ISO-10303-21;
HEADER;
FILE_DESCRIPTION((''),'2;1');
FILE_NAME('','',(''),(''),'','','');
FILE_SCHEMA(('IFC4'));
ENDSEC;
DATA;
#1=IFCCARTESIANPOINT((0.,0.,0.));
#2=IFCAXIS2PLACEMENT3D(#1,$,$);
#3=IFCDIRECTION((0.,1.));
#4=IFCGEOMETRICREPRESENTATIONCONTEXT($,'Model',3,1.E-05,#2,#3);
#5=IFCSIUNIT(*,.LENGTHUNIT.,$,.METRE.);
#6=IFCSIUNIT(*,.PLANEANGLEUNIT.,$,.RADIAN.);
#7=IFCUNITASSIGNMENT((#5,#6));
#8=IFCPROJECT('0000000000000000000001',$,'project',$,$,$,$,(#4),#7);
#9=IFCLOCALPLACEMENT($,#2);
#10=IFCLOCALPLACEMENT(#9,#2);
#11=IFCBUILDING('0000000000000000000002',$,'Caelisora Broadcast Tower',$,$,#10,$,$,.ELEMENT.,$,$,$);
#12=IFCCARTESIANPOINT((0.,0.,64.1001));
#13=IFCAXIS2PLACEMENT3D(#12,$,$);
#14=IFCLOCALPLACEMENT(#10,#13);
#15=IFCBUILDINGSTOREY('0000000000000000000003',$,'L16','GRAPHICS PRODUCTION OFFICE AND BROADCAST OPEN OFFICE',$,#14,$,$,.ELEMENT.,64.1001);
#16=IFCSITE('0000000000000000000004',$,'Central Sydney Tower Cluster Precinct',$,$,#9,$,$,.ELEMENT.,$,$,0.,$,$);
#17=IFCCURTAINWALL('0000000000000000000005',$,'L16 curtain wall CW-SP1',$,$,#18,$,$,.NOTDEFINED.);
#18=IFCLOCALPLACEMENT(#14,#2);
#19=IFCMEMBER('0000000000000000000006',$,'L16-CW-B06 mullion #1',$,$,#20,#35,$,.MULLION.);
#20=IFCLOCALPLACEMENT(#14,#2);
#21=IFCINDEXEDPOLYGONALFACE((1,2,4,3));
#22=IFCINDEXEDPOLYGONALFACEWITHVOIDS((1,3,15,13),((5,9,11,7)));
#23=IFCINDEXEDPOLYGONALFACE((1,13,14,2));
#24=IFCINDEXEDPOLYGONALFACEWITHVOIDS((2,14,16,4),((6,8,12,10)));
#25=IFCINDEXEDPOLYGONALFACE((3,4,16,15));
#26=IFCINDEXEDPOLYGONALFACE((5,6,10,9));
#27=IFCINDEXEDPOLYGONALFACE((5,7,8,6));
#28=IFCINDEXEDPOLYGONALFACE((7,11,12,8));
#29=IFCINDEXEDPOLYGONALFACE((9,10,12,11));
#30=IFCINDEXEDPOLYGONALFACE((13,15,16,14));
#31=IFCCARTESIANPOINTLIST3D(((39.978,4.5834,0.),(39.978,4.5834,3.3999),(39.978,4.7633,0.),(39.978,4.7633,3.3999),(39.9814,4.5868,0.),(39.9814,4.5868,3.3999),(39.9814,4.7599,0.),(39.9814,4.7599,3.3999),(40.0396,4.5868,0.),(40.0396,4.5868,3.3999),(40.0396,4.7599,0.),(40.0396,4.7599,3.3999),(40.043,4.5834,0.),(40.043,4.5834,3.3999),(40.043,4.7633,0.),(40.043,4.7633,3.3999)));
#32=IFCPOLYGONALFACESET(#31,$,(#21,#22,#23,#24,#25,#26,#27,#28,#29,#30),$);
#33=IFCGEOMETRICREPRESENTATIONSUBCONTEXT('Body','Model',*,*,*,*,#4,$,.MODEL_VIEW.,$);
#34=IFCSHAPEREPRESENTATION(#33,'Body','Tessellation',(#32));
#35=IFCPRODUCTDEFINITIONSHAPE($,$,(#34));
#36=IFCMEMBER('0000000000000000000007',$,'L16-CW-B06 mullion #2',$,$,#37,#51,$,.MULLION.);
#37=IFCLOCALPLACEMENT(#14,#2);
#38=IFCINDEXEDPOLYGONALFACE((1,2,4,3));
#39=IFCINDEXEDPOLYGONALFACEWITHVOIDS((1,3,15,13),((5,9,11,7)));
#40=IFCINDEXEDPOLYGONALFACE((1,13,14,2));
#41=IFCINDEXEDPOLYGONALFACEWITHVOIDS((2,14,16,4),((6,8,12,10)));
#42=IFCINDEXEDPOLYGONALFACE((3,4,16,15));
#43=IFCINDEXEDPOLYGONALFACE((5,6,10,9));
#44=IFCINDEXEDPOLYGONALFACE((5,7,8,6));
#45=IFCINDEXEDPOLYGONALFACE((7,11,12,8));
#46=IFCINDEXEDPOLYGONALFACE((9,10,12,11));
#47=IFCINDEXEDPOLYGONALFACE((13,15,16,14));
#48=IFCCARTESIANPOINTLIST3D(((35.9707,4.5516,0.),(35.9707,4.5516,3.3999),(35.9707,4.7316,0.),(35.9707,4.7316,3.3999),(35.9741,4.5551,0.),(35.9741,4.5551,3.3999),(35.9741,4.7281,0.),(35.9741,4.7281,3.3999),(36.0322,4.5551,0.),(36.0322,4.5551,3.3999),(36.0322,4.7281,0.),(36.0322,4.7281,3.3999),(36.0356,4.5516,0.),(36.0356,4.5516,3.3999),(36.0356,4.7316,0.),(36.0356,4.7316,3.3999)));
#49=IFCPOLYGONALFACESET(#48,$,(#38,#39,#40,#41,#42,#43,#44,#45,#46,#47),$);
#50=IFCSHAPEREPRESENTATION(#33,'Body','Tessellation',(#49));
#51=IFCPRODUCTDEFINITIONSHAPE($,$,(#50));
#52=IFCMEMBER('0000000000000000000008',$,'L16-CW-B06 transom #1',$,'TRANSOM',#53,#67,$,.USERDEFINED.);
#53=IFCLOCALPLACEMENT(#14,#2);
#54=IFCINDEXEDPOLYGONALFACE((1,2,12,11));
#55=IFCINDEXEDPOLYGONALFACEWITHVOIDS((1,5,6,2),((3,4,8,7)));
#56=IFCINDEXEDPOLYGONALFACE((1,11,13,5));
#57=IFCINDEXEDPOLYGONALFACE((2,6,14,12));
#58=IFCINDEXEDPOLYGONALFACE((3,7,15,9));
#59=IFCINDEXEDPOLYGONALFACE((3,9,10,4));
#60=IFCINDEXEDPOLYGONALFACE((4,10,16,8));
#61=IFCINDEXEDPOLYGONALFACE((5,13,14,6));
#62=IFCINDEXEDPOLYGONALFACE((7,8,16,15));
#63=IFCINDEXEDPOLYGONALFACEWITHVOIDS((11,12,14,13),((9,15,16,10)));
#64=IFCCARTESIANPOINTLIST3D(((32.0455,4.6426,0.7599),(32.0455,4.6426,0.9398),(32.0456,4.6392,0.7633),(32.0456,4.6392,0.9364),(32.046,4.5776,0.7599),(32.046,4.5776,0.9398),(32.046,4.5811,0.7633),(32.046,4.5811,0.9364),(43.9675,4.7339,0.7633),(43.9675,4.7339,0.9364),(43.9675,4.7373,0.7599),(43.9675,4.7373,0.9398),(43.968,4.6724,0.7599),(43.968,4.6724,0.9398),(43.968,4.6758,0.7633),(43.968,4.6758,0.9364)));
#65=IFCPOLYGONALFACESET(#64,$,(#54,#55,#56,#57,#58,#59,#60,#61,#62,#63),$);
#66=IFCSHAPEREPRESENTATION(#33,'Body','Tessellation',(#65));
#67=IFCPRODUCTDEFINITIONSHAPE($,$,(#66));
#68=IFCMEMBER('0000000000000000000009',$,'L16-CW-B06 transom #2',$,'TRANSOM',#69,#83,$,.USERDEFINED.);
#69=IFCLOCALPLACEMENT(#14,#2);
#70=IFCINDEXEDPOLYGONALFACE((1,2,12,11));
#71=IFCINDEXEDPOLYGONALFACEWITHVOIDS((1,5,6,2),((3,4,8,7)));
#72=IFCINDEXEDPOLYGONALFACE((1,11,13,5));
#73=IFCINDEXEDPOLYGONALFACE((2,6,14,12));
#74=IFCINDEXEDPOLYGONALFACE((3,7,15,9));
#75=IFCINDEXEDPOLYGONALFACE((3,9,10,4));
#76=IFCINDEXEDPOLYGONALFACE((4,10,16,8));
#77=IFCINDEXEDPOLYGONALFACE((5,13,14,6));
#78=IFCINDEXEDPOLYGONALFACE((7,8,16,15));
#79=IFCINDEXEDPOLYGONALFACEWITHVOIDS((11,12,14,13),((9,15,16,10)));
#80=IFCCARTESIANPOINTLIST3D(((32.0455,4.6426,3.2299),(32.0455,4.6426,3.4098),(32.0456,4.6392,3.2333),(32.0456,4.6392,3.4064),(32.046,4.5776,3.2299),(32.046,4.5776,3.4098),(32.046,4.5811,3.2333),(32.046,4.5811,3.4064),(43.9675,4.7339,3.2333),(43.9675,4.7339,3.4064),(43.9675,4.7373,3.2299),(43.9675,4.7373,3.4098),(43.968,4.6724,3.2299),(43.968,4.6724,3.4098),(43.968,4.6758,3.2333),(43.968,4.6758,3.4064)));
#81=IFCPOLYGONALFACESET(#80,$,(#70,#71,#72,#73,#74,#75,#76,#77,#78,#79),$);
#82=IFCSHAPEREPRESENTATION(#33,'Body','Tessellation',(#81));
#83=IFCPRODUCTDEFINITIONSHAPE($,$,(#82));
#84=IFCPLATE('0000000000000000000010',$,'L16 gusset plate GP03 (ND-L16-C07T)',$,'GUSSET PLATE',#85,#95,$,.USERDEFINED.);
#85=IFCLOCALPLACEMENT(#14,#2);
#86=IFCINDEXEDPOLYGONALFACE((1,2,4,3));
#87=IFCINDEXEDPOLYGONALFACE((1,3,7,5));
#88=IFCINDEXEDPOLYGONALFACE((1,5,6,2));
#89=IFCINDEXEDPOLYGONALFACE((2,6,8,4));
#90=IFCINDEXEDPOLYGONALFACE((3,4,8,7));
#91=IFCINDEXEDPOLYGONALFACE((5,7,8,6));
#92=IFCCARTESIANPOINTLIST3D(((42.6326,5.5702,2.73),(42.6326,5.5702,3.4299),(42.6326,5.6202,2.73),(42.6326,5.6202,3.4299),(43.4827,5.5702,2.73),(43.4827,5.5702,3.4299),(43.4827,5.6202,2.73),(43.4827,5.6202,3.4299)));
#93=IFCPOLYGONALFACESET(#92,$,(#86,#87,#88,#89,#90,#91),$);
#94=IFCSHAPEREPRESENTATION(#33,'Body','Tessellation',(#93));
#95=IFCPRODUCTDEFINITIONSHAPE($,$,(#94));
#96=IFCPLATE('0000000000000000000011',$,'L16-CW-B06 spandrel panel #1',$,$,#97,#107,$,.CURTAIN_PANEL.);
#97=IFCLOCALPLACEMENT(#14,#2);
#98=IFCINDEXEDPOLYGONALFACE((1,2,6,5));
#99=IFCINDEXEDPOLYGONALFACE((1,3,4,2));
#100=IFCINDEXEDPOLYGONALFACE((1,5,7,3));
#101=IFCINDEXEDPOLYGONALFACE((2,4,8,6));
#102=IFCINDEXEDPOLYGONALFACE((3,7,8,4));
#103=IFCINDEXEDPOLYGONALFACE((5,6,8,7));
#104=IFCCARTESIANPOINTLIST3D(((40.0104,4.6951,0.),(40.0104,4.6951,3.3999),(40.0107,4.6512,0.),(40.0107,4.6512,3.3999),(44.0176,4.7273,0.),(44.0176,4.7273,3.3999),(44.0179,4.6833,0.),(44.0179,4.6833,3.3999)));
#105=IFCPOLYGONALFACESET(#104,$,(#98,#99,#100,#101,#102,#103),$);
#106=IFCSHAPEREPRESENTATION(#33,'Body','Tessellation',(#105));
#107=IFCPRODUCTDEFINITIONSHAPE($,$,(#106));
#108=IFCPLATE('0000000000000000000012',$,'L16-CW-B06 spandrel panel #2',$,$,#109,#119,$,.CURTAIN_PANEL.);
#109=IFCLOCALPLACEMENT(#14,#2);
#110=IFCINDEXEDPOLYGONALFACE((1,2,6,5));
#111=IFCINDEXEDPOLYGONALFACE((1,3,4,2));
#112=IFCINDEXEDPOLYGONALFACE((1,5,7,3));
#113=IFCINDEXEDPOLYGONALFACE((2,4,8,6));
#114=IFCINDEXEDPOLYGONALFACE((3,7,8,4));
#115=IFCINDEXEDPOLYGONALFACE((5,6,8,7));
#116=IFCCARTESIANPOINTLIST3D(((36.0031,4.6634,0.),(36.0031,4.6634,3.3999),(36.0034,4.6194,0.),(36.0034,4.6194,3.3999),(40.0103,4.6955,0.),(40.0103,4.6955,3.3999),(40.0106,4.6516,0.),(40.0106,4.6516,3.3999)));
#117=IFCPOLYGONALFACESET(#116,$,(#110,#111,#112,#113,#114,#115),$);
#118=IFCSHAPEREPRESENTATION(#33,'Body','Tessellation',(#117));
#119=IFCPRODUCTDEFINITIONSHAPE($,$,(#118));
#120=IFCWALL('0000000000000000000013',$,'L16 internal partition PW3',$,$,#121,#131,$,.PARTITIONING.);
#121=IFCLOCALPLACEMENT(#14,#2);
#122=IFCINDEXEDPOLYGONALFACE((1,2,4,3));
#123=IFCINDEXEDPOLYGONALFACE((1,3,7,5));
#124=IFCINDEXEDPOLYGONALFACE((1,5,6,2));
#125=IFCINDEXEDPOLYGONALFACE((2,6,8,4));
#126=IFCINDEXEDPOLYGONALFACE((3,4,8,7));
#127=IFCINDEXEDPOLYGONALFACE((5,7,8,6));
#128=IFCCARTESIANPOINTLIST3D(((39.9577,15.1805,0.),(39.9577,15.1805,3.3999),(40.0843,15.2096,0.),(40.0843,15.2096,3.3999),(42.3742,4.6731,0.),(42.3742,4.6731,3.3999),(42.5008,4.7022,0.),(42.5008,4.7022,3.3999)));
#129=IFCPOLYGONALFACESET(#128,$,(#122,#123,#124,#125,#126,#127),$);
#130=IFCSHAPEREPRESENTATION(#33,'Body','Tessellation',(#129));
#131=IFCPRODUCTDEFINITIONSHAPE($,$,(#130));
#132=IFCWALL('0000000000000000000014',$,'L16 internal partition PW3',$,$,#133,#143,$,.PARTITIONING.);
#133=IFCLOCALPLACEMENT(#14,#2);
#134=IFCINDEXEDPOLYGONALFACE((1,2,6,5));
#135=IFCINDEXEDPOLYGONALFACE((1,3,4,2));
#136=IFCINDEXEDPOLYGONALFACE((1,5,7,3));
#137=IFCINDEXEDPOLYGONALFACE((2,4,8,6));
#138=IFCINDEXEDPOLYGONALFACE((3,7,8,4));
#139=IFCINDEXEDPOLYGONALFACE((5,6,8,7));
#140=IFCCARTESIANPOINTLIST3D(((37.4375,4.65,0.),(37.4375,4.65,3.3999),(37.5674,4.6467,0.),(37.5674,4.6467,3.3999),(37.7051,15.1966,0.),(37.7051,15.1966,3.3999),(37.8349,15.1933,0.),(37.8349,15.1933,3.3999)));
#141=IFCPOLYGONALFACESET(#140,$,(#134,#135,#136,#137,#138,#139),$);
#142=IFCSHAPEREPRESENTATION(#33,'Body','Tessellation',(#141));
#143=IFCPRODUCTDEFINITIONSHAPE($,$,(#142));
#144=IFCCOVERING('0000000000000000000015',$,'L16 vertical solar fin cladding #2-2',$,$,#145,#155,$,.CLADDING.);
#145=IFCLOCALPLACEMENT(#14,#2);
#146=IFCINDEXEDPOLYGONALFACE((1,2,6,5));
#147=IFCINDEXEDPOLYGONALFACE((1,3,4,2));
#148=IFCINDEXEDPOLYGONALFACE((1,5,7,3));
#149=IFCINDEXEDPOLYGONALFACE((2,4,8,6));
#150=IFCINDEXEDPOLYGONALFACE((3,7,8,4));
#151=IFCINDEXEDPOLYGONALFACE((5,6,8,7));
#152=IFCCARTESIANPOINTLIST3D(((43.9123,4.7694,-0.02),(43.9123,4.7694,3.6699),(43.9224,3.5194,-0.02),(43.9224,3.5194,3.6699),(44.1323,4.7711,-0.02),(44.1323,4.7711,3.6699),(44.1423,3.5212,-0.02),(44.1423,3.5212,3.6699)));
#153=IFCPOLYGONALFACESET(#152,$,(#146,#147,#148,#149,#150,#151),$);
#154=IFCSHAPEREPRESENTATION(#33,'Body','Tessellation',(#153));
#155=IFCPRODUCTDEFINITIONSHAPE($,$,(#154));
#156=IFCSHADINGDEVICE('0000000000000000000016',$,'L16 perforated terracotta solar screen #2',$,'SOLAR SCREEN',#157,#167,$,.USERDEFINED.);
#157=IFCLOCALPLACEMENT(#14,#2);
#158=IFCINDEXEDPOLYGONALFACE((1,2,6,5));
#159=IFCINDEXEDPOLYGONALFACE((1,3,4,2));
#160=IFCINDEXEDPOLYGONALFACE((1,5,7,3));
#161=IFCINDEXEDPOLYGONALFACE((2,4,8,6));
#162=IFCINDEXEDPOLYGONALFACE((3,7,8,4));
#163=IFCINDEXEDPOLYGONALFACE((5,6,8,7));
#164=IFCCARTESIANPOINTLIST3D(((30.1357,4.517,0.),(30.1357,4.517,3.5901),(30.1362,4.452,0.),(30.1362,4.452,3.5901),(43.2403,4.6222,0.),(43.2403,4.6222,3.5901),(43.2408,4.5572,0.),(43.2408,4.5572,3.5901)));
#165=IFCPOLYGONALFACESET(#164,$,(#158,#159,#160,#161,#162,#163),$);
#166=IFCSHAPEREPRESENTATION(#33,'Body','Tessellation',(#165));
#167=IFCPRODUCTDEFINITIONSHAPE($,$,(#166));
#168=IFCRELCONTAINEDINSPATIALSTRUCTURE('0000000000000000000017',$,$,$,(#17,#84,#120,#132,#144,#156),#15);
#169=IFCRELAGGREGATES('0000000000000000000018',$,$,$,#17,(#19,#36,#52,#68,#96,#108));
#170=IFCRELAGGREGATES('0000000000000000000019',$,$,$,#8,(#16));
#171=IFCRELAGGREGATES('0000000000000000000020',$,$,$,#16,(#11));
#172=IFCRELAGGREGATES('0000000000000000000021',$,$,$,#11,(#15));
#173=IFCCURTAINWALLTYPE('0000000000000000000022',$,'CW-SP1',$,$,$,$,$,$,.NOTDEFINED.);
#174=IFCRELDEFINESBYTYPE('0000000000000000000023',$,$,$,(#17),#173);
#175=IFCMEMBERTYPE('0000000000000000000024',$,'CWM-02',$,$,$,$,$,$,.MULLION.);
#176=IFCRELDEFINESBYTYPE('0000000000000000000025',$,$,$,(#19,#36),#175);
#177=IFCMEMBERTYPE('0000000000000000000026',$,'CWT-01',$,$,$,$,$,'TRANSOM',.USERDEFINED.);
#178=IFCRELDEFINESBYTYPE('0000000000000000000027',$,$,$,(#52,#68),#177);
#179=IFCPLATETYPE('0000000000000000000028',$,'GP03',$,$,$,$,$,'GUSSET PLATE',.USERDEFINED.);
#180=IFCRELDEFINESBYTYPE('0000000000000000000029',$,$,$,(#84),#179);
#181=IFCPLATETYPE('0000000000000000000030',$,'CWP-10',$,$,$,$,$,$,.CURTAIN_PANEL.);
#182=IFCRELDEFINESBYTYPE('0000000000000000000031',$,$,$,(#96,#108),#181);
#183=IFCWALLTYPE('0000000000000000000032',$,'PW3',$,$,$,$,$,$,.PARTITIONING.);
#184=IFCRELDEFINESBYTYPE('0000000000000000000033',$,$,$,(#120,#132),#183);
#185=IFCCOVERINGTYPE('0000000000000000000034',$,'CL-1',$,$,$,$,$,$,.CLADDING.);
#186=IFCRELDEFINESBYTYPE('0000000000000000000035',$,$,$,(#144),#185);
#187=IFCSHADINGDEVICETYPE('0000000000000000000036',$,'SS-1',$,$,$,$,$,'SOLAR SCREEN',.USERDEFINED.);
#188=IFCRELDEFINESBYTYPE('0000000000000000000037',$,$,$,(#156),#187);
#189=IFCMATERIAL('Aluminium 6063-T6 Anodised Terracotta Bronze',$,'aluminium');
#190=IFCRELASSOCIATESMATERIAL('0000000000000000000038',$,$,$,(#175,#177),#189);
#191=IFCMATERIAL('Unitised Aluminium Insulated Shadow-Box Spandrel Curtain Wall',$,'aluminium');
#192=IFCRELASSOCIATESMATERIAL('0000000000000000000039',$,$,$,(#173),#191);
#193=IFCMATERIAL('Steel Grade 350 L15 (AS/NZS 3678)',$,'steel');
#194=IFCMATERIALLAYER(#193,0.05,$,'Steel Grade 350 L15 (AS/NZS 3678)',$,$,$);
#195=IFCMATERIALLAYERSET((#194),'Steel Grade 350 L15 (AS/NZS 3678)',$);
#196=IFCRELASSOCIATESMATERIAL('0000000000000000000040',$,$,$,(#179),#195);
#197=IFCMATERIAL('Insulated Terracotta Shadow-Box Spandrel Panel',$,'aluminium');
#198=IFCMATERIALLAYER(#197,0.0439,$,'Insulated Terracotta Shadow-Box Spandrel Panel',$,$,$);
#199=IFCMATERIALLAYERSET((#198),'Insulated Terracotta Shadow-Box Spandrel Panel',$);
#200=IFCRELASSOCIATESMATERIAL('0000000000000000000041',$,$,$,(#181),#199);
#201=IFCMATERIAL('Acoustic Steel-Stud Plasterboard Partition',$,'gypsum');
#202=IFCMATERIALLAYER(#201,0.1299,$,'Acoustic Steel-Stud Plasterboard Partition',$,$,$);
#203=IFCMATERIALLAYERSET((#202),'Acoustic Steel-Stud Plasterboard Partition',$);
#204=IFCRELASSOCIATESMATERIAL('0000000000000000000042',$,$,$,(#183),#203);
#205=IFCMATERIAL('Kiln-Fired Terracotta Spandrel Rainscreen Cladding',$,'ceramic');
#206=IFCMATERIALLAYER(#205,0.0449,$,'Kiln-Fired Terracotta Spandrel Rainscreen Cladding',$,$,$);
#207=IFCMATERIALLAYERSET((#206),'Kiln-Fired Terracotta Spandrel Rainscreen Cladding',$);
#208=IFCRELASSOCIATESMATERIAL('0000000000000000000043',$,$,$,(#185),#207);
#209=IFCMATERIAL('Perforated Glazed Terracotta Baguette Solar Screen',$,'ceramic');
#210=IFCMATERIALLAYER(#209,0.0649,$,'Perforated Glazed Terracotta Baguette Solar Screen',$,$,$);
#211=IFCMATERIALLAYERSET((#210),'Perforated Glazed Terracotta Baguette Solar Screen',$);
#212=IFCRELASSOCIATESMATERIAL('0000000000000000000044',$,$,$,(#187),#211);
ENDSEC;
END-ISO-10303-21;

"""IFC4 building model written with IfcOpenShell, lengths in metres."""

from ifc_helpers import new_model, si_unit, direction, frame, frame_2d, origin, origin_2d, place, context, subcontext, project, spatial, rectangle, hollow_rectangle, extrude, source, transform, mapped, material, layer, layer_set, material_profile, profile_set, type_object, type_shapes, element, aggregate, save


model = new_model("IFC4")

# Units and contexts
model_context = context("Model", 3, precision=1e-05, world=origin(), true_north=direction((0.0, 1.0)))
body_context = subcontext(model_context, "Body", "Model", "MODEL_VIEW")
ifc_project = project(units=[si_unit("LENGTHUNIT", "METRE"), si_unit("PLANEANGLEUNIT", "RADIAN")], contexts=[model_context])

# Site, building, storey
site_placement = place(None, origin())
site = spatial("IfcSite", under=ifc_project, at=site_placement, Name="Central Sydney Tower Cluster Precinct", CompositionType="ELEMENT", RefElevation=0.0)
building_placement = place(site_placement, origin())
building = spatial("IfcBuilding", under=site, at=building_placement, Name="Caelisora Broadcast Tower", CompositionType="ELEMENT")
storey_placement = place(building_placement, frame((0.0, 0.0, 64.1001)))
storey = spatial("IfcBuildingStorey", under=building, at=storey_placement, Name="L16", Description="GRAPHICS PRODUCTION OFFICE AND BROADCAST OPEN OFFICE", CompositionType="ELEMENT", Elevation=64.1001)

# Shared definitions
ifc_material_1 = material(Name="Steel Grade 350 L15 (AS/NZS 3678)", Category="steel")

# Shared definitions
ifc_material_2 = material(Name="Aluminium 6063-T6 Anodised Terracotta Bronze", Category="aluminium")
ifc_material_profile_1 = material_profile(ifc_material_2, hollow_rectangle(XDim=0.0649, YDim=0.1799, WallThickness=0.0034, at=origin_2d()), Name="Aluminium 6063-T6 Anodised Terracotta Bronze")
ifc_profile_set_1 = profile_set([ifc_material_profile_1], Name="Aluminium 6063-T6 Anodised Terracotta Bronze")
member_type_1 = type_object("IfcMemberType", Name="CWM-02", PredefinedType="MULLION", material=ifc_profile_set_1)
shared_shape_1 = source(origin(), body_context, "Body", "SweptSolid", [
    extrude(hollow_rectangle(XDim=0.0649, YDim=0.1799, WallThickness=0.0034, at=origin_2d()), origin(), (0.0, 0.0, 1.0), 3.3999),
])
type_shapes(member_type_1, [shared_shape_1])

# Curtain wall, members
ifc_material_3 = material(Name="Unitised Aluminium Insulated Shadow-Box Spandrel Curtain Wall", Category="aluminium")
curtain_wall_type_1 = type_object("IfcCurtainWallType", Name="CW-SP1", PredefinedType="NOTDEFINED", material=ifc_material_3)
curtain_wall_1_placement = place(storey_placement, origin())
curtain_wall_1 = element("IfcCurtainWall", 1, at=curtain_wall_1_placement, inside=storey, type_object=curtain_wall_type_1, Name="L16 curtain wall CW-SP1", PredefinedType="NOTDEFINED")
member_1_placement = place(storey_placement, frame((40.0105, 4.6733, 0.0), z_axis=(0.0, 0.0, 1.0), x_axis=(1.0, 0.0, 0.0)))
member_1 = element("IfcMember", 2, at=member_1_placement, type_object=member_type_1, Name="L16-CW-B06 mullion #1", PredefinedType="MULLION", context=body_context, shape_type="MappedRepresentation", body=[
    mapped(shared_shape_1, transform((0.0, 0.0, 0.0), scale=1.0)),
])
member_2_placement = place(storey_placement, frame((36.0032, 4.6416, 0.0), z_axis=(0.0, 0.0, 1.0), x_axis=(1.0, 0.0, 0.0)))
member_2 = element("IfcMember", 3, at=member_2_placement, type_object=member_type_1, Name="L16-CW-B06 mullion #2", PredefinedType="MULLION", context=body_context, shape_type="MappedRepresentation", body=[
    mapped(shared_shape_1, transform((0.0, 0.0, 0.0), scale=1.0)),
])
ifc_material_profile_2 = material_profile(ifc_material_2, hollow_rectangle(XDim=0.0649, YDim=0.1799, WallThickness=0.0034, at=origin_2d()), Name="Aluminium 6063-T6 Anodised Terracotta Bronze")
ifc_profile_set_2 = profile_set([ifc_material_profile_2], Name="Aluminium 6063-T6 Anodised Terracotta Bronze")
member_type_2 = type_object("IfcMemberType", Name="CWT-01", ElementType="TRANSOM", PredefinedType="USERDEFINED", material=ifc_profile_set_2)
shared_shape_2 = source(origin(), body_context, "Body", "SweptSolid", [
    extrude(hollow_rectangle(XDim=0.0649, YDim=0.1799, WallThickness=0.0034, at=origin_2d()), origin(), (0.0, 0.0, 1.0), 11.9224),
])
type_shapes(member_type_2, [shared_shape_2])
member_3_placement = place(storey_placement, frame((43.9678, 4.7048, 0.8499), z_axis=(-0.999968, -0.007945, 0.0), x_axis=(0.007945, -0.999968, 0.0)))
member_3 = element("IfcMember", 4, at=member_3_placement, type_object=member_type_2, Name="L16-CW-B06 transom #1", ObjectType="TRANSOM", PredefinedType="USERDEFINED", context=body_context, shape_type="MappedRepresentation", body=[
    mapped(shared_shape_2, transform((0.0, 0.0, 0.0), scale=1.0)),
])
member_4_placement = place(storey_placement, frame((43.9678, 4.7048, 3.3198), z_axis=(-0.999968, -0.007945, 0.0), x_axis=(0.007945, -0.999968, 0.0)))
member_4 = element("IfcMember", 5, at=member_4_placement, type_object=member_type_2, Name="L16-CW-B06 transom #2", ObjectType="TRANSOM", PredefinedType="USERDEFINED", context=body_context, shape_type="MappedRepresentation", body=[
    mapped(shared_shape_2, transform((0.0, 0.0, 0.0), scale=1.0)),
])

# Plates
ifc_layer_1 = layer(ifc_material_1, 0.05, Name="Steel Grade 350 L15 (AS/NZS 3678)")
ifc_layer_set_1 = layer_set([ifc_layer_1], Name="Steel Grade 350 L15 (AS/NZS 3678)")
plate_type_1 = type_object("IfcPlateType", Name="GP03", ElementType="GUSSET PLATE", PredefinedType="USERDEFINED", material=ifc_layer_set_1)
shared_shape_3 = source(origin(), body_context, "Body", "SweptSolid", [
    extrude(rectangle(XDim=0.8501, YDim=0.05, at=origin_2d()), origin(), (0.0, 0.0, 1.0), 0.7),
])
type_shapes(plate_type_1, [shared_shape_3])
plate_1_placement = place(storey_placement, frame((43.0576, 5.5952, 2.73), z_axis=(0.0, 0.0, 1.0), x_axis=(1.0, 0.0, 0.0)))
element("IfcPlate", 6, at=plate_1_placement, inside=storey, type_object=plate_type_1, Name="L16 gusset plate GP03 (ND-L16-C07T)", ObjectType="GUSSET PLATE", PredefinedType="USERDEFINED", context=body_context, shape_type="MappedRepresentation", body=[
    mapped(shared_shape_3, transform((0.0, 0.0, 0.0), scale=1.0)),
])
ifc_material_4 = material(Name="Insulated Terracotta Shadow-Box Spandrel Panel", Category="aluminium")
ifc_layer_2 = layer(ifc_material_4, 0.0439, Name="Insulated Terracotta Shadow-Box Spandrel Panel")
ifc_layer_set_2 = layer_set([ifc_layer_2], Name="Insulated Terracotta Shadow-Box Spandrel Panel")
plate_type_2 = type_object("IfcPlateType", Name="CWP-10", PredefinedType="CURTAIN_PANEL", material=ifc_layer_set_2)
shared_shape_4 = source(origin(), body_context, "Body", "SweptSolid", [
    extrude(rectangle(XDim=4.0073, YDim=0.0439, at=origin_2d()), origin(), (0.0, 0.0, 1.0), 3.3999),
])
type_shapes(plate_type_2, [shared_shape_4])
plate_2_placement = place(storey_placement, frame((42.0142, 4.6892, 0.0), z_axis=(0.0, 0.0, 1.0), x_axis=(-0.999968, -0.008028, 0.0)))
plate_2 = element("IfcPlate", 7, at=plate_2_placement, type_object=plate_type_2, Name="L16-CW-B06 spandrel panel #1", PredefinedType="CURTAIN_PANEL", context=body_context, shape_type="MappedRepresentation", body=[
    mapped(shared_shape_4, transform((0.0, 0.0, 0.0), scale=1.0)),
])
plate_3_placement = place(storey_placement, frame((38.0068, 4.6575, 0.0), z_axis=(0.0, 0.0, 1.0), x_axis=(-0.999968, -0.008028, 0.0)))
plate_3 = element("IfcPlate", 8, at=plate_3_placement, type_object=plate_type_2, Name="L16-CW-B06 spandrel panel #2", PredefinedType="CURTAIN_PANEL", context=body_context, shape_type="MappedRepresentation", body=[
    mapped(shared_shape_4, transform((0.0, 0.0, 0.0), scale=1.0)),
])
aggregate(curtain_wall_1, [member_1, member_2, member_3, member_4, plate_2, plate_3])

# Walls
ifc_material_5 = material(Name="Acoustic Steel-Stud Plasterboard Partition", Category="gypsum")
ifc_layer_3 = layer(ifc_material_5, 0.1299, Name="Acoustic Steel-Stud Plasterboard Partition")
ifc_layer_set_3 = layer_set([ifc_layer_3], Name="Acoustic Steel-Stud Plasterboard Partition")
wall_type = type_object("IfcWallType", Name="PW3", PredefinedType="PARTITIONING", material=ifc_layer_set_3)
wall_1_placement = place(storey_placement, frame((40.021, 15.1951, 0.0), z_axis=(0.0, 0.0, 1.0), x_axis=(0.224132, -0.974559, 0.0)))
element("IfcWall", 9, at=wall_1_placement, inside=storey, type_object=wall_type, Name="L16 internal partition PW3", PredefinedType="PARTITIONING", context=body_context, shape_type="SweptSolid", body=[
    extrude(rectangle(XDim=10.7817, YDim=0.1299, at=frame_2d((5.3909, 0.0))), origin(), (0.0, 0.0, 1.0), 3.3999),
])
wall_2_placement = place(storey_placement, frame((37.5024, 4.6484, 0.0), z_axis=(0.0, 0.0, 1.0), x_axis=(0.025363, 0.999678, 0.0)))
element("IfcWall", 10, at=wall_2_placement, inside=storey, type_object=wall_type, Name="L16 internal partition PW3", PredefinedType="PARTITIONING", context=body_context, shape_type="SweptSolid", body=[
    extrude(rectangle(XDim=10.55, YDim=0.1299, at=frame_2d((5.2749, 0.0))), origin(), (0.0, 0.0, 1.0), 3.3999),
])

# Covering
ifc_material_6 = material(Name="Kiln-Fired Terracotta Spandrel Rainscreen Cladding", Category="ceramic")
ifc_layer_4 = layer(ifc_material_6, 0.0449, Name="Kiln-Fired Terracotta Spandrel Rainscreen Cladding")
ifc_layer_set_4 = layer_set([ifc_layer_4], Name="Kiln-Fired Terracotta Spandrel Rainscreen Cladding")
covering_type = type_object("IfcCoveringType", Name="CL-1", PredefinedType="CLADDING", material=ifc_layer_set_4)
shared_shape_5 = source(origin(), body_context, "Body", "SweptSolid", [
    extrude(rectangle(XDim=0.22, YDim=1.25, at=origin_2d()), origin(), (0.0, 0.0, 1.0), 3.6899),
])
covering_1_placement = place(storey_placement, frame((44.0273, 4.1453, -0.02), z_axis=(0.0, 0.0, 1.0), x_axis=(-0.999968, -0.008028, 0.0)))
element("IfcCovering", 11, at=covering_1_placement, inside=storey, type_object=covering_type, Name="L16 vertical solar fin cladding #2-2", PredefinedType="CLADDING", context=body_context, shape_type="MappedRepresentation", body=[
    mapped(shared_shape_5, transform((0.0, 0.0, 0.0), scale=1.0)),
])

# Shading device
ifc_material_7 = material(Name="Perforated Glazed Terracotta Baguette Solar Screen", Category="ceramic")
ifc_layer_5 = layer(ifc_material_7, 0.0649, Name="Perforated Glazed Terracotta Baguette Solar Screen")
ifc_layer_set_5 = layer_set([ifc_layer_5], Name="Perforated Glazed Terracotta Baguette Solar Screen")
shading_device_type = type_object("IfcShadingDeviceType", Name="SS-1", ElementType="SOLAR SCREEN", PredefinedType="USERDEFINED", material=ifc_layer_set_5)
shared_shape_6 = source(origin(), body_context, "Body", "SweptSolid", [
    extrude(rectangle(XDim=13.105, YDim=0.0649, at=origin_2d()), origin(), (0.0, 0.0, 1.0), 3.5901),
])
type_shapes(shading_device_type, [shared_shape_6])
shading_device_placement = place(storey_placement, frame((36.6882, 4.5371, 0.0), z_axis=(0.0, 0.0, 1.0), x_axis=(0.999968, 0.008028, 0.0)))
element("IfcShadingDevice", 12, at=shading_device_placement, inside=storey, type_object=shading_device_type, Name="L16 perforated terracotta solar screen #2", ObjectType="SOLAR SCREEN", PredefinedType="USERDEFINED", context=body_context, shape_type="MappedRepresentation", body=[
    mapped(shared_shape_6, transform((0.0, 0.0, 0.0), scale=1.0)),
])

save(model, "model.ifc")
